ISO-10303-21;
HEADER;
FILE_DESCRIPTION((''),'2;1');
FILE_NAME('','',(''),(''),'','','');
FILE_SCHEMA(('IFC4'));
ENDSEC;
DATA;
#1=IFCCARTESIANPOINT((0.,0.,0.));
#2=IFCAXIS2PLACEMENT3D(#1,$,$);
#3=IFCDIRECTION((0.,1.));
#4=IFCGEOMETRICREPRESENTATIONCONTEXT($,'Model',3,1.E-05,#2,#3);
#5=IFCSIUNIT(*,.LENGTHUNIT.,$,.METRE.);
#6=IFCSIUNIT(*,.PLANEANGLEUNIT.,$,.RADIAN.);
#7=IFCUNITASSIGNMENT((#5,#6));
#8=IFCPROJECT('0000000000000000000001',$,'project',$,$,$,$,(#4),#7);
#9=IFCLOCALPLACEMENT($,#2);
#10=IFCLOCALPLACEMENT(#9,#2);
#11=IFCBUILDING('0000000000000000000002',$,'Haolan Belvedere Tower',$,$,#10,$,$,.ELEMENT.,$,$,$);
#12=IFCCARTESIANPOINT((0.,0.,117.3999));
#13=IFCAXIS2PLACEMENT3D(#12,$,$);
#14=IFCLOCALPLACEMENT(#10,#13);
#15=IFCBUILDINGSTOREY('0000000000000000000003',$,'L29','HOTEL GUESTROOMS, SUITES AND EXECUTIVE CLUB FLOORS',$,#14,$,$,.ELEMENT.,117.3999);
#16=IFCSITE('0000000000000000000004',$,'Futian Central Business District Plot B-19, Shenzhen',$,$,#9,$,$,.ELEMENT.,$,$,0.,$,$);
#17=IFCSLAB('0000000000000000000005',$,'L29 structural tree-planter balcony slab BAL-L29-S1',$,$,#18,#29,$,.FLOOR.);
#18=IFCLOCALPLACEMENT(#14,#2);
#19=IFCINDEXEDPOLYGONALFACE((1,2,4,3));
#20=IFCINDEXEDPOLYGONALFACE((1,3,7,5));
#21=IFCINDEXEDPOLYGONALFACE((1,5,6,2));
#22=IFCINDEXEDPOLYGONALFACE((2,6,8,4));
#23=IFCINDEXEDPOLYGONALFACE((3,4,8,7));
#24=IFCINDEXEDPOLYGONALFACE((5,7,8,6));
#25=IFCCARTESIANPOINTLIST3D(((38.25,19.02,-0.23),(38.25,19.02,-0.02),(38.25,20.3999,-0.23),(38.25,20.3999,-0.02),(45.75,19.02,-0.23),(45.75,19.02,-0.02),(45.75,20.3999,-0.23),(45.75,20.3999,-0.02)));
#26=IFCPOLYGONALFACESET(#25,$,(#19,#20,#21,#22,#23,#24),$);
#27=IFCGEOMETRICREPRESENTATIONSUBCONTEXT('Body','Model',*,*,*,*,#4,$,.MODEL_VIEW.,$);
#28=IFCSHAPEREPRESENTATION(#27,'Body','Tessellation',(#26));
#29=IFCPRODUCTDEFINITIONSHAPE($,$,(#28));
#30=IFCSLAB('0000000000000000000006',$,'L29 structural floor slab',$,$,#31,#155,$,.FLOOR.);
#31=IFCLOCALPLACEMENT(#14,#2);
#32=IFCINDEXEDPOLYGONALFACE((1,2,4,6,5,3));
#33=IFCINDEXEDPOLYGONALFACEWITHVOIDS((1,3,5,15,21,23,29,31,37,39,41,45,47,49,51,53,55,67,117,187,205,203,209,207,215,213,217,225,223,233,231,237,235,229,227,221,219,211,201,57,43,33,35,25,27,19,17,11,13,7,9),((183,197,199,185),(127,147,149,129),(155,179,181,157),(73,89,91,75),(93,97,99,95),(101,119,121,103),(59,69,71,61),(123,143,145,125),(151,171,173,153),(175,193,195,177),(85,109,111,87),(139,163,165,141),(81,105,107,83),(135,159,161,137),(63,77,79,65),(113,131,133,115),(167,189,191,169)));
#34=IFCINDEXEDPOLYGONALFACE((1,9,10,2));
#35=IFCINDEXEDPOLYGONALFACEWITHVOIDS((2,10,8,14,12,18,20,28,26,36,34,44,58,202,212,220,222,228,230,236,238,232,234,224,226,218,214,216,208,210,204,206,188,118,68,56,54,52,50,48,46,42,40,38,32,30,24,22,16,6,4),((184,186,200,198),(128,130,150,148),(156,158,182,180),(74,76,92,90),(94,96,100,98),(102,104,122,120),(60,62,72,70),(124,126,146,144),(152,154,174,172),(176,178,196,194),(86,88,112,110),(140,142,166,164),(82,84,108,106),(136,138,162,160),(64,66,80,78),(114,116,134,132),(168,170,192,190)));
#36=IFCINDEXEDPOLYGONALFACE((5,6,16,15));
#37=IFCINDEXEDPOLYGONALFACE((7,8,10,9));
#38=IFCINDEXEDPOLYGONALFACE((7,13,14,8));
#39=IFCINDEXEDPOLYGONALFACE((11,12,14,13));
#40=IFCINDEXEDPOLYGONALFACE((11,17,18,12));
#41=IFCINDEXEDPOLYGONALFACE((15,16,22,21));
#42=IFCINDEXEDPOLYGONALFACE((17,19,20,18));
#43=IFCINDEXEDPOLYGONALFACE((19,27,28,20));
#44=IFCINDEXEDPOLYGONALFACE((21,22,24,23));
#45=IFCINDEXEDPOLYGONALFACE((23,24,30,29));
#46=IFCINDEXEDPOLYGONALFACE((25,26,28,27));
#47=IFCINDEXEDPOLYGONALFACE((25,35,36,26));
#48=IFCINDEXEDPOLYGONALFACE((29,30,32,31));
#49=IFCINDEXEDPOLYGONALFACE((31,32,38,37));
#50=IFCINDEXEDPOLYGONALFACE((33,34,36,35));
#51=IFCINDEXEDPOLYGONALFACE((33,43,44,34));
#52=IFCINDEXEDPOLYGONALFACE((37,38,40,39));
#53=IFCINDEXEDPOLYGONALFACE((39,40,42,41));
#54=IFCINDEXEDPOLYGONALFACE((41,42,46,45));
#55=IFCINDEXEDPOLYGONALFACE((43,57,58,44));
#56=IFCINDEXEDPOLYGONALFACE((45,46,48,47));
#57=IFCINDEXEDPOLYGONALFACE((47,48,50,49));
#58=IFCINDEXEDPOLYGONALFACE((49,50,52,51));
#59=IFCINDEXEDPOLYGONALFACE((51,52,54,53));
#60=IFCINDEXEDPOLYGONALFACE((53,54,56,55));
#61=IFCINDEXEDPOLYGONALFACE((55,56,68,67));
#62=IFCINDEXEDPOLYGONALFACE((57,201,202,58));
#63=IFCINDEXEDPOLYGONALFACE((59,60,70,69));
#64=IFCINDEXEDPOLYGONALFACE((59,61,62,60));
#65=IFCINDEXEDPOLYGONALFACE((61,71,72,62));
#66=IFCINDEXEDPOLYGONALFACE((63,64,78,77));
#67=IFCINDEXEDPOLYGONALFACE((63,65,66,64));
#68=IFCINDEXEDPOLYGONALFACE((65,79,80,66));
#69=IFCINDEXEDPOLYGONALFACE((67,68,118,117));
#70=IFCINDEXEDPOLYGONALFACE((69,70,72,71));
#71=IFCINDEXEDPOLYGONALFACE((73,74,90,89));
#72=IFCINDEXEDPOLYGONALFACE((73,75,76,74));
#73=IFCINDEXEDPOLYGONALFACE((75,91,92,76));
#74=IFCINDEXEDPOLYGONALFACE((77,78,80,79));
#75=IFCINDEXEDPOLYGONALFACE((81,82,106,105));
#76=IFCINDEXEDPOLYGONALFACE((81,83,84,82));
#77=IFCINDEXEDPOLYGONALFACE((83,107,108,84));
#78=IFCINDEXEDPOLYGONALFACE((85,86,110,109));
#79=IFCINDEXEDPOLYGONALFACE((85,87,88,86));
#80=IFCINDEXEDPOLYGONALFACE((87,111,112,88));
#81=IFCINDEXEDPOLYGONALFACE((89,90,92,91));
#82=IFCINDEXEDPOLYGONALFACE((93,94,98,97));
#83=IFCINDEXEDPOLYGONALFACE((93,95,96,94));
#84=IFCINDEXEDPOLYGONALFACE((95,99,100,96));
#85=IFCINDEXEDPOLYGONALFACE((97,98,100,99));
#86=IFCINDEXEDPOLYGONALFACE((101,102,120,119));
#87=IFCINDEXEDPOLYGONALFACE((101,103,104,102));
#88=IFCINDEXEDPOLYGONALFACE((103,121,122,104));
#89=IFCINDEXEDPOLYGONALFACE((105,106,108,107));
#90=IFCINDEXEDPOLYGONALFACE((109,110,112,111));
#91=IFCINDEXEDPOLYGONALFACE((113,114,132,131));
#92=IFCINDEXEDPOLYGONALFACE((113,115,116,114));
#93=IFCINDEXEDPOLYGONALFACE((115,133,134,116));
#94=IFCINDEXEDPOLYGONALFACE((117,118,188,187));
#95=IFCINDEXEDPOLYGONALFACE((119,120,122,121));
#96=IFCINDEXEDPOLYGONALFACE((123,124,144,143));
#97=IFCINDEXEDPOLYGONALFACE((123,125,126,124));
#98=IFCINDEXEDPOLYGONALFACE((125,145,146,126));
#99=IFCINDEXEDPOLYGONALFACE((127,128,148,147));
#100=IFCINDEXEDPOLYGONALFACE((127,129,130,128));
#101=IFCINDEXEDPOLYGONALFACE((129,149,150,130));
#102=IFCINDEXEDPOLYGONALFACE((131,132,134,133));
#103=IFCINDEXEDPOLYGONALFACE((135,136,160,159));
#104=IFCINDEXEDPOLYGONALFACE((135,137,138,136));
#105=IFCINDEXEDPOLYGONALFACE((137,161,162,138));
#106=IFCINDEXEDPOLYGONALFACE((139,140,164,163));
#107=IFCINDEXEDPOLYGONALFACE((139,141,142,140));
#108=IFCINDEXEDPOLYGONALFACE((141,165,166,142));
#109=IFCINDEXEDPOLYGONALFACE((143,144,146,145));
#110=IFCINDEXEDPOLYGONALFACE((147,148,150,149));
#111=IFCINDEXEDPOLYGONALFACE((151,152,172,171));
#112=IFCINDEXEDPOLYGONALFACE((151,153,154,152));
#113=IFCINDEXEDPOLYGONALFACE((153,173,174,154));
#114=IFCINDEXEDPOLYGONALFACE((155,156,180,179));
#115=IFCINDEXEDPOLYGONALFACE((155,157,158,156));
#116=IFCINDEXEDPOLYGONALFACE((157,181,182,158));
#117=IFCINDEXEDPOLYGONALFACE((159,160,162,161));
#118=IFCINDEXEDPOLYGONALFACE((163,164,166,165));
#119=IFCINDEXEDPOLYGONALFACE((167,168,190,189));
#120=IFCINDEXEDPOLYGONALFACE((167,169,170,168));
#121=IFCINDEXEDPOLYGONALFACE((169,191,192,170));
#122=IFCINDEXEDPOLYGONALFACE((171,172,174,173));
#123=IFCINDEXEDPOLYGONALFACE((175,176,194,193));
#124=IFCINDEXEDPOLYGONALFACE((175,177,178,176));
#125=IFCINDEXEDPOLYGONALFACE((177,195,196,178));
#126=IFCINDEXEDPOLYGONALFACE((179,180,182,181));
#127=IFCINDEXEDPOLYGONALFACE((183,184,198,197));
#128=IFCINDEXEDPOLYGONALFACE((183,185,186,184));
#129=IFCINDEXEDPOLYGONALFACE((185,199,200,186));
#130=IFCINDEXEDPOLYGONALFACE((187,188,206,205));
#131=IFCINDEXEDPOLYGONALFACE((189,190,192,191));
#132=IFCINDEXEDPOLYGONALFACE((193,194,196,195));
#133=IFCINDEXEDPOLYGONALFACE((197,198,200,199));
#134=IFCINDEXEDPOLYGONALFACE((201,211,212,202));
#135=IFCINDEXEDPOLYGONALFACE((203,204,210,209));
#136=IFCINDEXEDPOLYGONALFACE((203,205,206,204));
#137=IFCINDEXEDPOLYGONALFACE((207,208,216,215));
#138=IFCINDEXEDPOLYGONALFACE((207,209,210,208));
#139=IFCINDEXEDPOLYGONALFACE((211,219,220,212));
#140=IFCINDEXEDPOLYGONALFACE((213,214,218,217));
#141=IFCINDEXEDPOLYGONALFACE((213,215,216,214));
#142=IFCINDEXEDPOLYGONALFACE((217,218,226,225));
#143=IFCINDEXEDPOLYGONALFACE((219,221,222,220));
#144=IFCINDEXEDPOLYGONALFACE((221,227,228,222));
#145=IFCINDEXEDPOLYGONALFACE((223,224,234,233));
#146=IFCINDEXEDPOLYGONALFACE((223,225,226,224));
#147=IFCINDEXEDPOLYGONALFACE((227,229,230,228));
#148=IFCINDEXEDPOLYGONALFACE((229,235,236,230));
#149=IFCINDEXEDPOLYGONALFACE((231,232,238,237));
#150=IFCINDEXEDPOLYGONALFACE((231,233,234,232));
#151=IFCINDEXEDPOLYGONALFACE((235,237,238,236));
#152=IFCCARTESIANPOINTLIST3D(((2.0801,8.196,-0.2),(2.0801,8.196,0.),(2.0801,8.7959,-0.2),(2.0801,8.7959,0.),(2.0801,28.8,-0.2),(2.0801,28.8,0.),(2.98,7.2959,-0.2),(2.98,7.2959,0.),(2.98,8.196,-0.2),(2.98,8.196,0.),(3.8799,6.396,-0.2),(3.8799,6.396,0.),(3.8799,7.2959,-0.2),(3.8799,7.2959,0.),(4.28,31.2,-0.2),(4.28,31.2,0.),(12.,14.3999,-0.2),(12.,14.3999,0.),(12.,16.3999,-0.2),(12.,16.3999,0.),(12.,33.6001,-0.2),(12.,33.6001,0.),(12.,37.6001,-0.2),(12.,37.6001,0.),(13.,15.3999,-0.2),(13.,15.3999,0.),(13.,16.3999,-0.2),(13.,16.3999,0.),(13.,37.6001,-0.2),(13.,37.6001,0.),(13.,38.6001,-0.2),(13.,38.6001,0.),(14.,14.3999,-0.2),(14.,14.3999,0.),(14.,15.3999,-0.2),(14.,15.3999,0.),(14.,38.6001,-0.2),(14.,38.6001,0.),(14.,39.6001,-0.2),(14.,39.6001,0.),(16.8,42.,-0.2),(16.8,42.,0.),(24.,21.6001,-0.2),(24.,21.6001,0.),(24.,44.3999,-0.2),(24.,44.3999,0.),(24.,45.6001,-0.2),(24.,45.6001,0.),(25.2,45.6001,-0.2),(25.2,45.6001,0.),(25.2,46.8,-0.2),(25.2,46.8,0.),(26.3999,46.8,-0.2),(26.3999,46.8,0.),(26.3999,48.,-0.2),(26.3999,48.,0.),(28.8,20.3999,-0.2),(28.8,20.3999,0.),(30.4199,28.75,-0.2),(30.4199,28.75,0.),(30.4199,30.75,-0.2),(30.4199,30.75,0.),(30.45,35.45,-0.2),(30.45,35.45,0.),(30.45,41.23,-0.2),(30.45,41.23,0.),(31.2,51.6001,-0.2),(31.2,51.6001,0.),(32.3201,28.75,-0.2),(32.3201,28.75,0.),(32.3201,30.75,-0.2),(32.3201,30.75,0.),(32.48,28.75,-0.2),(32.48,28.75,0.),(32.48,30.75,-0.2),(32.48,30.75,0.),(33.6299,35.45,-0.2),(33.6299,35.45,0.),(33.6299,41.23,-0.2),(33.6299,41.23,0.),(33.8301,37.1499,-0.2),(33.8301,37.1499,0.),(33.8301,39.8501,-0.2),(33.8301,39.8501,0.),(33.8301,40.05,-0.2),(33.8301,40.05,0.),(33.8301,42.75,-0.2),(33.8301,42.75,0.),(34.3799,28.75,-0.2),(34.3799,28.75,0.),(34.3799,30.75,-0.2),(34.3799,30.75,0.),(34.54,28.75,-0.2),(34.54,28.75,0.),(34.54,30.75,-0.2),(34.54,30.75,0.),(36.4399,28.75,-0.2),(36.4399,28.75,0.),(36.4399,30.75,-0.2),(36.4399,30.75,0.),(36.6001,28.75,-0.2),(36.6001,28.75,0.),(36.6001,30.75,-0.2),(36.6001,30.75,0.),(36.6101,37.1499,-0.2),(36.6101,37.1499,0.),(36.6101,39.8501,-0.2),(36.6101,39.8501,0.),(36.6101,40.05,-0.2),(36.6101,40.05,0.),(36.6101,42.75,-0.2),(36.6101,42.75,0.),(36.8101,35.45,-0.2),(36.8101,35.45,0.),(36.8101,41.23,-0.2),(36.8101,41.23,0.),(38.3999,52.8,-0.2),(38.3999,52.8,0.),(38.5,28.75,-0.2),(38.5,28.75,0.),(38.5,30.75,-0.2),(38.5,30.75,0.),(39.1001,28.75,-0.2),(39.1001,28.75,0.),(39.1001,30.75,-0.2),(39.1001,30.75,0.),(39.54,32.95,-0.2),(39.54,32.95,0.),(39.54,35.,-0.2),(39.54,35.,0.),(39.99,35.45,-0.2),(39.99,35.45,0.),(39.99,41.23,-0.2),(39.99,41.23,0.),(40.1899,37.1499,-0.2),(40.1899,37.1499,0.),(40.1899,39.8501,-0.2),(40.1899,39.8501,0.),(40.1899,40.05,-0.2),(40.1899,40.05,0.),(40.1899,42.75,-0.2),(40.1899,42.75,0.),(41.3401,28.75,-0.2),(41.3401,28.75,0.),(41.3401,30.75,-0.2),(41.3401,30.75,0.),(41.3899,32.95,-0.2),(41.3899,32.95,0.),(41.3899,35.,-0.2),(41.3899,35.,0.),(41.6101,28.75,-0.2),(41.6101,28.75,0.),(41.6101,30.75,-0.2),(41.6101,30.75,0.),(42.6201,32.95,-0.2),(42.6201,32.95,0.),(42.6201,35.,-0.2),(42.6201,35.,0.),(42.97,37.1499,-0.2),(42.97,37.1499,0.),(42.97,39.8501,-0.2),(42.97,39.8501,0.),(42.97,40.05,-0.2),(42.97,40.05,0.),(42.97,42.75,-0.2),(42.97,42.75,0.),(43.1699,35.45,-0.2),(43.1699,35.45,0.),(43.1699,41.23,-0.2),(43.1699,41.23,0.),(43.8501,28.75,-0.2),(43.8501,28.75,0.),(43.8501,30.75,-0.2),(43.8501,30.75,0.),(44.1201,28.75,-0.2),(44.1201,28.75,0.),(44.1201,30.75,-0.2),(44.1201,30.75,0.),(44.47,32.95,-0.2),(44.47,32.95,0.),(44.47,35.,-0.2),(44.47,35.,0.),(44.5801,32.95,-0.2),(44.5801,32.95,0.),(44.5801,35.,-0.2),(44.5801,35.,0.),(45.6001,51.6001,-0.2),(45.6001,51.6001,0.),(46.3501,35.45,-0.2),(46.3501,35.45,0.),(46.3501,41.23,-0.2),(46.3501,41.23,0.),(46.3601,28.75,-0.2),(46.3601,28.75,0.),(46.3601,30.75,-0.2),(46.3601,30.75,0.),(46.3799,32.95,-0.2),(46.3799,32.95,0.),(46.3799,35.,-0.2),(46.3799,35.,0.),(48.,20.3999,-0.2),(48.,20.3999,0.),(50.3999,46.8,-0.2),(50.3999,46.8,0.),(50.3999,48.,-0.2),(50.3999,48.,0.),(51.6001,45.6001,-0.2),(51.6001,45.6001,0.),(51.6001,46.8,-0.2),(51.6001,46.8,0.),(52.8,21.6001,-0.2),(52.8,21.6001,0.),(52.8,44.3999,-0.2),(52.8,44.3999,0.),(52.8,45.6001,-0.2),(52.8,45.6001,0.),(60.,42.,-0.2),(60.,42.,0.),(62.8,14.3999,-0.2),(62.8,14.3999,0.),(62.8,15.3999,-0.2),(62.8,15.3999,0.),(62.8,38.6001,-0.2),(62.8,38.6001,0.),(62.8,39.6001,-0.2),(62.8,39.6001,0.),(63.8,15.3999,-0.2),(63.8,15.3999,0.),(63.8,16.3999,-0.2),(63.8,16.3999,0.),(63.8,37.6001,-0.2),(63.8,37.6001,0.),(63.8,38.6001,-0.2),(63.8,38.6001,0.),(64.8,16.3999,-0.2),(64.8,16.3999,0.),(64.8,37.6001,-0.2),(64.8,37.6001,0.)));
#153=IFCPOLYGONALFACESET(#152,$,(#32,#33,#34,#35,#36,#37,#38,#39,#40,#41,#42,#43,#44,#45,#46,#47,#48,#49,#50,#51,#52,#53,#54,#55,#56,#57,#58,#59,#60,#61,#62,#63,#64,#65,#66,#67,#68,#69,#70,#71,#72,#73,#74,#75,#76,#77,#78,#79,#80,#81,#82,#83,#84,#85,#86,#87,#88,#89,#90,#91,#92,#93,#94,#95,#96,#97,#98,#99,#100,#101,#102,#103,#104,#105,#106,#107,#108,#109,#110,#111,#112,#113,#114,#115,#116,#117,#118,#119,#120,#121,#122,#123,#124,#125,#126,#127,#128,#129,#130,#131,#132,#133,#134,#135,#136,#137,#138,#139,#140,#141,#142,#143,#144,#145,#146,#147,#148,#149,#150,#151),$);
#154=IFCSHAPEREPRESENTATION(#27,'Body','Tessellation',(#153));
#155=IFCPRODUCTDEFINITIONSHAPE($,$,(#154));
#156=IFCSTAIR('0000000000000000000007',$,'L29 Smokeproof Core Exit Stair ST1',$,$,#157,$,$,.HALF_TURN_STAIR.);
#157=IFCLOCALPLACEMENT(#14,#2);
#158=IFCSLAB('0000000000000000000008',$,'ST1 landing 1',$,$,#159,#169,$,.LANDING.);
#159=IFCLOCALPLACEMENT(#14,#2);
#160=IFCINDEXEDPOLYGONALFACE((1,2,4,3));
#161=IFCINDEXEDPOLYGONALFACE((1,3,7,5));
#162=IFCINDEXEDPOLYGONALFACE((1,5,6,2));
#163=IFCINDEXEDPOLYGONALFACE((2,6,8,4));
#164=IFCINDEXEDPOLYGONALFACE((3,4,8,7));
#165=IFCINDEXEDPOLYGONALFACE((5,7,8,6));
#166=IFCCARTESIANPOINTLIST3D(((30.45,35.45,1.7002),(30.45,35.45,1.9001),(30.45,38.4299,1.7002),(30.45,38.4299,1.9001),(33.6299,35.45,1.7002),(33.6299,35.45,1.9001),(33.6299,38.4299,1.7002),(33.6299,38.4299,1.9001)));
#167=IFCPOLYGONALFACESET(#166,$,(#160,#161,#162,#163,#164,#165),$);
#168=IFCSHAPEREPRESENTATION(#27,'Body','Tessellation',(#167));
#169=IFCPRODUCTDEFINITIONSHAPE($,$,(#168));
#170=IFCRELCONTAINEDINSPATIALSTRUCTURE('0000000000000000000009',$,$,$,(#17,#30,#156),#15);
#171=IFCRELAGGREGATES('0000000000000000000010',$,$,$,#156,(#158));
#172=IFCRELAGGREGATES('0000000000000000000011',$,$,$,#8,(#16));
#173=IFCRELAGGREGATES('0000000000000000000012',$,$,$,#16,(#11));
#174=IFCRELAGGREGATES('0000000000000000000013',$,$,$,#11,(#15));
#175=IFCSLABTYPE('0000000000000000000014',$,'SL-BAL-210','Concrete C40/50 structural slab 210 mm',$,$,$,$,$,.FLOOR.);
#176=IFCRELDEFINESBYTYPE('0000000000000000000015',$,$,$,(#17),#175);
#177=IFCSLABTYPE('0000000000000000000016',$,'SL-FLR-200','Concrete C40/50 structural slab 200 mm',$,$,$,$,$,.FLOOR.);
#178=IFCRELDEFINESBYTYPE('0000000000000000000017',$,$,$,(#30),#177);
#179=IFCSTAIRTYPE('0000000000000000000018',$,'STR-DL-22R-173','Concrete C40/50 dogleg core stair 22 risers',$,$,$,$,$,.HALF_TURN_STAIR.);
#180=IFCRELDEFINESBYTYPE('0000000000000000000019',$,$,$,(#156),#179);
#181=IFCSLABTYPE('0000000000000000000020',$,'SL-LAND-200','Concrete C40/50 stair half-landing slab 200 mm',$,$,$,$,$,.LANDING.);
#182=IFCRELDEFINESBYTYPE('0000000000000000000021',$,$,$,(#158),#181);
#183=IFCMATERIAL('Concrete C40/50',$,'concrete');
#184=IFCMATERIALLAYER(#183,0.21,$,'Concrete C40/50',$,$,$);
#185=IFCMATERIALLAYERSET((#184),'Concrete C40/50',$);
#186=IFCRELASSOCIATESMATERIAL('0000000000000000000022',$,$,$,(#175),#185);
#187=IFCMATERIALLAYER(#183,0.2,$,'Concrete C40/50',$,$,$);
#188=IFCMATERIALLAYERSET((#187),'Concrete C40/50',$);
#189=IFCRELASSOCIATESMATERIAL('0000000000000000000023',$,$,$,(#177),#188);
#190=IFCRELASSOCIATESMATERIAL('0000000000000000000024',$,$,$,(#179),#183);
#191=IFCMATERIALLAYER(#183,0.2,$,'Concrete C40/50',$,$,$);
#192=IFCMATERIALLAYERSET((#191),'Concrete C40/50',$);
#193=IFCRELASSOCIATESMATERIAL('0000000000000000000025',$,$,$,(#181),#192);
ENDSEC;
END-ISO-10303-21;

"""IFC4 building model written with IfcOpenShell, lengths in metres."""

from ifc_helpers import new_model, si_unit, direction, frame, origin, place, context, subcontext, project, spatial, polyline, outline, extrude, material, layer, layer_set, type_object, element, aggregate, save


model = new_model("IFC4")

# Units and contexts
model_context = context("Model", 3, precision=1e-05, world=origin(), true_north=direction((0.0, 1.0)))
body_context = subcontext(model_context, "Body", "Model", "MODEL_VIEW")
ifc_project = project(units=[si_unit("LENGTHUNIT", "METRE"), si_unit("PLANEANGLEUNIT", "RADIAN")], contexts=[model_context])

# Site, building, storey
site_placement = place(None, origin())
site = spatial("IfcSite", under=ifc_project, at=site_placement, Name="Futian Central Business District Plot B-19, Shenzhen", CompositionType="ELEMENT", RefElevation=0.0)
building_placement = place(site_placement, origin())
building = spatial("IfcBuilding", under=site, at=building_placement, Name="Haolan Belvedere Tower", CompositionType="ELEMENT")
storey_placement = place(building_placement, frame((0.0, 0.0, 117.3999)))
storey = spatial("IfcBuildingStorey", under=building, at=storey_placement, Name="L29", Description="HOTEL GUESTROOMS, SUITES AND EXECUTIVE CLUB FLOORS", CompositionType="ELEMENT", Elevation=117.3999)

# Slabs
ifc_material_1 = material(Name="Concrete C40/50", Category="concrete")
ifc_layer_1 = layer(ifc_material_1, 0.21, Name="Concrete C40/50")
ifc_layer_set_1 = layer_set([ifc_layer_1], Name="Concrete C40/50")
slab_type_1 = type_object("IfcSlabType", Name="SL-BAL-210", Description="Concrete C40/50 structural slab 210 mm", PredefinedType="FLOOR", material=ifc_layer_set_1)
slab_1_placement = place(storey_placement, frame((0.0, 0.0, -0.23)))
element("IfcSlab", 1, at=slab_1_placement, inside=storey, type_object=slab_type_1, Name="L29 structural tree-planter balcony slab BAL-L29-S1", PredefinedType="FLOOR", context=body_context, shape_type="SweptSolid", body=[
    extrude(outline(polyline([(38.25, 19.02), (45.75, 19.02), (45.75, 20.3999), (38.25, 20.3999), (38.25, 19.02)])), origin(), (0.0, 0.0, 1.0), 0.21),
])
ifc_layer_2 = layer(ifc_material_1, 0.2, Name="Concrete C40/50")
ifc_layer_set_2 = layer_set([ifc_layer_2], Name="Concrete C40/50")
slab_type_2 = type_object("IfcSlabType", Name="SL-FLR-200", Description="Concrete C40/50 structural slab 200 mm", PredefinedType="FLOOR", material=ifc_layer_set_2)
slab_2_placement = place(storey_placement, frame((0.0, 0.0, -0.2)))
element("IfcSlab", 2, at=slab_2_placement, inside=storey, type_object=slab_type_2, Name="L29 structural floor slab", PredefinedType="FLOOR", context=body_context, shape_type="SweptSolid", body=[
    extrude(outline(polyline([(12.0, 14.3999), (12.0, 16.3999), (13.0, 16.3999), (13.0, 15.3999), (14.0, 15.3999), (14.0, 14.3999), (24.0, 21.6001), (28.8, 20.3999), (48.0, 20.3999), (52.8, 21.6001), (62.8, 14.3999), (62.8, 15.3999), (63.8, 15.3999), (63.8, 16.3999), (64.8, 16.3999), (64.8, 37.6001), (63.8, 37.6001), (63.8, 38.6001), (62.8, 38.6001), (62.8, 39.6001), (60.0, 42.0), (52.8, 44.3999), (52.8, 45.6001), (51.6001, 45.6001), (51.6001, 46.8), (50.3999, 46.8), (50.3999, 48.0), (45.6001, 51.6001), (38.3999, 52.8), (31.2, 51.6001), (26.3999, 48.0), (26.3999, 46.8), (25.2, 46.8), (25.2, 45.6001), (24.0, 45.6001), (24.0, 44.3999), (16.8, 42.0), (14.0, 39.6001), (14.0, 38.6001), (13.0, 38.6001), (13.0, 37.6001), (12.0, 37.6001), (12.0, 33.6001), (4.28, 31.2), (2.0801, 28.8), (2.0801, 8.7959), (2.0801, 8.196), (2.98, 8.196), (2.98, 7.2959), (3.8799, 7.2959), (3.8799, 6.396), (12.0, 14.3999)]), holes=[polyline([(30.45, 41.23), (30.45, 35.45), (33.6299, 35.45), (33.6299, 41.23), (30.45, 41.23)]), polyline([(36.8101, 41.23), (36.8101, 35.45), (39.99, 35.45), (39.99, 41.23), (36.8101, 41.23)]), polyline([(43.1699, 41.23), (43.1699, 35.45), (46.3501, 35.45), (46.3501, 41.23), (43.1699, 41.23)]), polyline([(33.8301, 40.05), (36.6101, 40.05), (36.6101, 42.75), (33.8301, 42.75), (33.8301, 40.05)]), polyline([(33.8301, 37.1499), (36.6101, 37.1499), (36.6101, 39.8501), (33.8301, 39.8501), (33.8301, 37.1499)]), polyline([(40.1899, 40.05), (42.97, 40.05), (42.97, 42.75), (40.1899, 42.75), (40.1899, 40.05)]), polyline([(40.1899, 37.1499), (42.97, 37.1499), (42.97, 39.8501), (40.1899, 39.8501), (40.1899, 37.1499)]), polyline([(39.54, 32.95), (41.3899, 32.95), (41.3899, 35.0), (39.54, 35.0), (39.54, 32.95)]), polyline([(42.6201, 32.95), (44.47, 32.95), (44.47, 35.0), (42.6201, 35.0), (42.6201, 32.95)]), polyline([(44.5801, 32.95), (46.3799, 32.95), (46.3799, 35.0), (44.5801, 35.0), (44.5801, 32.95)]), polyline([(30.4199, 28.75), (32.3201, 28.75), (32.3201, 30.75), (30.4199, 30.75), (30.4199, 28.75)]), polyline([(32.48, 28.75), (34.3799, 28.75), (34.3799, 30.75), (32.48, 30.75), (32.48, 28.75)]), polyline([(34.54, 28.75), (36.4399, 28.75), (36.4399, 30.75), (34.54, 30.75), (34.54, 28.75)]), polyline([(36.6001, 28.75), (38.5, 28.75), (38.5, 30.75), (36.6001, 30.75), (36.6001, 28.75)]), polyline([(39.1001, 28.75), (41.3401, 28.75), (41.3401, 30.75), (39.1001, 30.75), (39.1001, 28.75)]), polyline([(41.6101, 28.75), (43.8501, 28.75), (43.8501, 30.75), (41.6101, 30.75), (41.6101, 28.75)]), polyline([(44.1201, 28.75), (46.3601, 28.75), (46.3601, 30.75), (44.1201, 30.75), (44.1201, 28.75)])]), origin(), (0.0, 0.0, 1.0), 0.2),
])

# Stair, slab
stair_type = type_object("IfcStairType", Name="STR-DL-22R-173", Description="Concrete C40/50 dogleg core stair 22 risers", PredefinedType="HALF_TURN_STAIR", material=ifc_material_1)
stair_1_placement = place(storey_placement, origin())
stair_1 = element("IfcStair", 3, at=stair_1_placement, inside=storey, type_object=stair_type, Name="L29 Smokeproof Core Exit Stair ST1", PredefinedType="HALF_TURN_STAIR")
ifc_layer_3 = layer(ifc_material_1, 0.2, Name="Concrete C40/50")
ifc_layer_set_3 = layer_set([ifc_layer_3], Name="Concrete C40/50")
slab_type_3 = type_object("IfcSlabType", Name="SL-LAND-200", Description="Concrete C40/50 stair half-landing slab 200 mm", PredefinedType="LANDING", material=ifc_layer_set_3)
slab_3_placement = place(storey_placement, frame((0.0, 0.0, 1.7002)))
slab_3 = element("IfcSlab", 4, at=slab_3_placement, type_object=slab_type_3, Name="ST1 landing 1", PredefinedType="LANDING", context=body_context, shape_type="SweptSolid", body=[
    extrude(outline(polyline([(30.45, 38.4299), (30.45, 35.45), (33.6299, 35.45), (33.6299, 38.4299), (30.45, 38.4299)])), origin(), (0.0, 0.0, 1.0), 0.2),
])
aggregate(stair_1, [slab_3])

save(model, "model.ifc")
